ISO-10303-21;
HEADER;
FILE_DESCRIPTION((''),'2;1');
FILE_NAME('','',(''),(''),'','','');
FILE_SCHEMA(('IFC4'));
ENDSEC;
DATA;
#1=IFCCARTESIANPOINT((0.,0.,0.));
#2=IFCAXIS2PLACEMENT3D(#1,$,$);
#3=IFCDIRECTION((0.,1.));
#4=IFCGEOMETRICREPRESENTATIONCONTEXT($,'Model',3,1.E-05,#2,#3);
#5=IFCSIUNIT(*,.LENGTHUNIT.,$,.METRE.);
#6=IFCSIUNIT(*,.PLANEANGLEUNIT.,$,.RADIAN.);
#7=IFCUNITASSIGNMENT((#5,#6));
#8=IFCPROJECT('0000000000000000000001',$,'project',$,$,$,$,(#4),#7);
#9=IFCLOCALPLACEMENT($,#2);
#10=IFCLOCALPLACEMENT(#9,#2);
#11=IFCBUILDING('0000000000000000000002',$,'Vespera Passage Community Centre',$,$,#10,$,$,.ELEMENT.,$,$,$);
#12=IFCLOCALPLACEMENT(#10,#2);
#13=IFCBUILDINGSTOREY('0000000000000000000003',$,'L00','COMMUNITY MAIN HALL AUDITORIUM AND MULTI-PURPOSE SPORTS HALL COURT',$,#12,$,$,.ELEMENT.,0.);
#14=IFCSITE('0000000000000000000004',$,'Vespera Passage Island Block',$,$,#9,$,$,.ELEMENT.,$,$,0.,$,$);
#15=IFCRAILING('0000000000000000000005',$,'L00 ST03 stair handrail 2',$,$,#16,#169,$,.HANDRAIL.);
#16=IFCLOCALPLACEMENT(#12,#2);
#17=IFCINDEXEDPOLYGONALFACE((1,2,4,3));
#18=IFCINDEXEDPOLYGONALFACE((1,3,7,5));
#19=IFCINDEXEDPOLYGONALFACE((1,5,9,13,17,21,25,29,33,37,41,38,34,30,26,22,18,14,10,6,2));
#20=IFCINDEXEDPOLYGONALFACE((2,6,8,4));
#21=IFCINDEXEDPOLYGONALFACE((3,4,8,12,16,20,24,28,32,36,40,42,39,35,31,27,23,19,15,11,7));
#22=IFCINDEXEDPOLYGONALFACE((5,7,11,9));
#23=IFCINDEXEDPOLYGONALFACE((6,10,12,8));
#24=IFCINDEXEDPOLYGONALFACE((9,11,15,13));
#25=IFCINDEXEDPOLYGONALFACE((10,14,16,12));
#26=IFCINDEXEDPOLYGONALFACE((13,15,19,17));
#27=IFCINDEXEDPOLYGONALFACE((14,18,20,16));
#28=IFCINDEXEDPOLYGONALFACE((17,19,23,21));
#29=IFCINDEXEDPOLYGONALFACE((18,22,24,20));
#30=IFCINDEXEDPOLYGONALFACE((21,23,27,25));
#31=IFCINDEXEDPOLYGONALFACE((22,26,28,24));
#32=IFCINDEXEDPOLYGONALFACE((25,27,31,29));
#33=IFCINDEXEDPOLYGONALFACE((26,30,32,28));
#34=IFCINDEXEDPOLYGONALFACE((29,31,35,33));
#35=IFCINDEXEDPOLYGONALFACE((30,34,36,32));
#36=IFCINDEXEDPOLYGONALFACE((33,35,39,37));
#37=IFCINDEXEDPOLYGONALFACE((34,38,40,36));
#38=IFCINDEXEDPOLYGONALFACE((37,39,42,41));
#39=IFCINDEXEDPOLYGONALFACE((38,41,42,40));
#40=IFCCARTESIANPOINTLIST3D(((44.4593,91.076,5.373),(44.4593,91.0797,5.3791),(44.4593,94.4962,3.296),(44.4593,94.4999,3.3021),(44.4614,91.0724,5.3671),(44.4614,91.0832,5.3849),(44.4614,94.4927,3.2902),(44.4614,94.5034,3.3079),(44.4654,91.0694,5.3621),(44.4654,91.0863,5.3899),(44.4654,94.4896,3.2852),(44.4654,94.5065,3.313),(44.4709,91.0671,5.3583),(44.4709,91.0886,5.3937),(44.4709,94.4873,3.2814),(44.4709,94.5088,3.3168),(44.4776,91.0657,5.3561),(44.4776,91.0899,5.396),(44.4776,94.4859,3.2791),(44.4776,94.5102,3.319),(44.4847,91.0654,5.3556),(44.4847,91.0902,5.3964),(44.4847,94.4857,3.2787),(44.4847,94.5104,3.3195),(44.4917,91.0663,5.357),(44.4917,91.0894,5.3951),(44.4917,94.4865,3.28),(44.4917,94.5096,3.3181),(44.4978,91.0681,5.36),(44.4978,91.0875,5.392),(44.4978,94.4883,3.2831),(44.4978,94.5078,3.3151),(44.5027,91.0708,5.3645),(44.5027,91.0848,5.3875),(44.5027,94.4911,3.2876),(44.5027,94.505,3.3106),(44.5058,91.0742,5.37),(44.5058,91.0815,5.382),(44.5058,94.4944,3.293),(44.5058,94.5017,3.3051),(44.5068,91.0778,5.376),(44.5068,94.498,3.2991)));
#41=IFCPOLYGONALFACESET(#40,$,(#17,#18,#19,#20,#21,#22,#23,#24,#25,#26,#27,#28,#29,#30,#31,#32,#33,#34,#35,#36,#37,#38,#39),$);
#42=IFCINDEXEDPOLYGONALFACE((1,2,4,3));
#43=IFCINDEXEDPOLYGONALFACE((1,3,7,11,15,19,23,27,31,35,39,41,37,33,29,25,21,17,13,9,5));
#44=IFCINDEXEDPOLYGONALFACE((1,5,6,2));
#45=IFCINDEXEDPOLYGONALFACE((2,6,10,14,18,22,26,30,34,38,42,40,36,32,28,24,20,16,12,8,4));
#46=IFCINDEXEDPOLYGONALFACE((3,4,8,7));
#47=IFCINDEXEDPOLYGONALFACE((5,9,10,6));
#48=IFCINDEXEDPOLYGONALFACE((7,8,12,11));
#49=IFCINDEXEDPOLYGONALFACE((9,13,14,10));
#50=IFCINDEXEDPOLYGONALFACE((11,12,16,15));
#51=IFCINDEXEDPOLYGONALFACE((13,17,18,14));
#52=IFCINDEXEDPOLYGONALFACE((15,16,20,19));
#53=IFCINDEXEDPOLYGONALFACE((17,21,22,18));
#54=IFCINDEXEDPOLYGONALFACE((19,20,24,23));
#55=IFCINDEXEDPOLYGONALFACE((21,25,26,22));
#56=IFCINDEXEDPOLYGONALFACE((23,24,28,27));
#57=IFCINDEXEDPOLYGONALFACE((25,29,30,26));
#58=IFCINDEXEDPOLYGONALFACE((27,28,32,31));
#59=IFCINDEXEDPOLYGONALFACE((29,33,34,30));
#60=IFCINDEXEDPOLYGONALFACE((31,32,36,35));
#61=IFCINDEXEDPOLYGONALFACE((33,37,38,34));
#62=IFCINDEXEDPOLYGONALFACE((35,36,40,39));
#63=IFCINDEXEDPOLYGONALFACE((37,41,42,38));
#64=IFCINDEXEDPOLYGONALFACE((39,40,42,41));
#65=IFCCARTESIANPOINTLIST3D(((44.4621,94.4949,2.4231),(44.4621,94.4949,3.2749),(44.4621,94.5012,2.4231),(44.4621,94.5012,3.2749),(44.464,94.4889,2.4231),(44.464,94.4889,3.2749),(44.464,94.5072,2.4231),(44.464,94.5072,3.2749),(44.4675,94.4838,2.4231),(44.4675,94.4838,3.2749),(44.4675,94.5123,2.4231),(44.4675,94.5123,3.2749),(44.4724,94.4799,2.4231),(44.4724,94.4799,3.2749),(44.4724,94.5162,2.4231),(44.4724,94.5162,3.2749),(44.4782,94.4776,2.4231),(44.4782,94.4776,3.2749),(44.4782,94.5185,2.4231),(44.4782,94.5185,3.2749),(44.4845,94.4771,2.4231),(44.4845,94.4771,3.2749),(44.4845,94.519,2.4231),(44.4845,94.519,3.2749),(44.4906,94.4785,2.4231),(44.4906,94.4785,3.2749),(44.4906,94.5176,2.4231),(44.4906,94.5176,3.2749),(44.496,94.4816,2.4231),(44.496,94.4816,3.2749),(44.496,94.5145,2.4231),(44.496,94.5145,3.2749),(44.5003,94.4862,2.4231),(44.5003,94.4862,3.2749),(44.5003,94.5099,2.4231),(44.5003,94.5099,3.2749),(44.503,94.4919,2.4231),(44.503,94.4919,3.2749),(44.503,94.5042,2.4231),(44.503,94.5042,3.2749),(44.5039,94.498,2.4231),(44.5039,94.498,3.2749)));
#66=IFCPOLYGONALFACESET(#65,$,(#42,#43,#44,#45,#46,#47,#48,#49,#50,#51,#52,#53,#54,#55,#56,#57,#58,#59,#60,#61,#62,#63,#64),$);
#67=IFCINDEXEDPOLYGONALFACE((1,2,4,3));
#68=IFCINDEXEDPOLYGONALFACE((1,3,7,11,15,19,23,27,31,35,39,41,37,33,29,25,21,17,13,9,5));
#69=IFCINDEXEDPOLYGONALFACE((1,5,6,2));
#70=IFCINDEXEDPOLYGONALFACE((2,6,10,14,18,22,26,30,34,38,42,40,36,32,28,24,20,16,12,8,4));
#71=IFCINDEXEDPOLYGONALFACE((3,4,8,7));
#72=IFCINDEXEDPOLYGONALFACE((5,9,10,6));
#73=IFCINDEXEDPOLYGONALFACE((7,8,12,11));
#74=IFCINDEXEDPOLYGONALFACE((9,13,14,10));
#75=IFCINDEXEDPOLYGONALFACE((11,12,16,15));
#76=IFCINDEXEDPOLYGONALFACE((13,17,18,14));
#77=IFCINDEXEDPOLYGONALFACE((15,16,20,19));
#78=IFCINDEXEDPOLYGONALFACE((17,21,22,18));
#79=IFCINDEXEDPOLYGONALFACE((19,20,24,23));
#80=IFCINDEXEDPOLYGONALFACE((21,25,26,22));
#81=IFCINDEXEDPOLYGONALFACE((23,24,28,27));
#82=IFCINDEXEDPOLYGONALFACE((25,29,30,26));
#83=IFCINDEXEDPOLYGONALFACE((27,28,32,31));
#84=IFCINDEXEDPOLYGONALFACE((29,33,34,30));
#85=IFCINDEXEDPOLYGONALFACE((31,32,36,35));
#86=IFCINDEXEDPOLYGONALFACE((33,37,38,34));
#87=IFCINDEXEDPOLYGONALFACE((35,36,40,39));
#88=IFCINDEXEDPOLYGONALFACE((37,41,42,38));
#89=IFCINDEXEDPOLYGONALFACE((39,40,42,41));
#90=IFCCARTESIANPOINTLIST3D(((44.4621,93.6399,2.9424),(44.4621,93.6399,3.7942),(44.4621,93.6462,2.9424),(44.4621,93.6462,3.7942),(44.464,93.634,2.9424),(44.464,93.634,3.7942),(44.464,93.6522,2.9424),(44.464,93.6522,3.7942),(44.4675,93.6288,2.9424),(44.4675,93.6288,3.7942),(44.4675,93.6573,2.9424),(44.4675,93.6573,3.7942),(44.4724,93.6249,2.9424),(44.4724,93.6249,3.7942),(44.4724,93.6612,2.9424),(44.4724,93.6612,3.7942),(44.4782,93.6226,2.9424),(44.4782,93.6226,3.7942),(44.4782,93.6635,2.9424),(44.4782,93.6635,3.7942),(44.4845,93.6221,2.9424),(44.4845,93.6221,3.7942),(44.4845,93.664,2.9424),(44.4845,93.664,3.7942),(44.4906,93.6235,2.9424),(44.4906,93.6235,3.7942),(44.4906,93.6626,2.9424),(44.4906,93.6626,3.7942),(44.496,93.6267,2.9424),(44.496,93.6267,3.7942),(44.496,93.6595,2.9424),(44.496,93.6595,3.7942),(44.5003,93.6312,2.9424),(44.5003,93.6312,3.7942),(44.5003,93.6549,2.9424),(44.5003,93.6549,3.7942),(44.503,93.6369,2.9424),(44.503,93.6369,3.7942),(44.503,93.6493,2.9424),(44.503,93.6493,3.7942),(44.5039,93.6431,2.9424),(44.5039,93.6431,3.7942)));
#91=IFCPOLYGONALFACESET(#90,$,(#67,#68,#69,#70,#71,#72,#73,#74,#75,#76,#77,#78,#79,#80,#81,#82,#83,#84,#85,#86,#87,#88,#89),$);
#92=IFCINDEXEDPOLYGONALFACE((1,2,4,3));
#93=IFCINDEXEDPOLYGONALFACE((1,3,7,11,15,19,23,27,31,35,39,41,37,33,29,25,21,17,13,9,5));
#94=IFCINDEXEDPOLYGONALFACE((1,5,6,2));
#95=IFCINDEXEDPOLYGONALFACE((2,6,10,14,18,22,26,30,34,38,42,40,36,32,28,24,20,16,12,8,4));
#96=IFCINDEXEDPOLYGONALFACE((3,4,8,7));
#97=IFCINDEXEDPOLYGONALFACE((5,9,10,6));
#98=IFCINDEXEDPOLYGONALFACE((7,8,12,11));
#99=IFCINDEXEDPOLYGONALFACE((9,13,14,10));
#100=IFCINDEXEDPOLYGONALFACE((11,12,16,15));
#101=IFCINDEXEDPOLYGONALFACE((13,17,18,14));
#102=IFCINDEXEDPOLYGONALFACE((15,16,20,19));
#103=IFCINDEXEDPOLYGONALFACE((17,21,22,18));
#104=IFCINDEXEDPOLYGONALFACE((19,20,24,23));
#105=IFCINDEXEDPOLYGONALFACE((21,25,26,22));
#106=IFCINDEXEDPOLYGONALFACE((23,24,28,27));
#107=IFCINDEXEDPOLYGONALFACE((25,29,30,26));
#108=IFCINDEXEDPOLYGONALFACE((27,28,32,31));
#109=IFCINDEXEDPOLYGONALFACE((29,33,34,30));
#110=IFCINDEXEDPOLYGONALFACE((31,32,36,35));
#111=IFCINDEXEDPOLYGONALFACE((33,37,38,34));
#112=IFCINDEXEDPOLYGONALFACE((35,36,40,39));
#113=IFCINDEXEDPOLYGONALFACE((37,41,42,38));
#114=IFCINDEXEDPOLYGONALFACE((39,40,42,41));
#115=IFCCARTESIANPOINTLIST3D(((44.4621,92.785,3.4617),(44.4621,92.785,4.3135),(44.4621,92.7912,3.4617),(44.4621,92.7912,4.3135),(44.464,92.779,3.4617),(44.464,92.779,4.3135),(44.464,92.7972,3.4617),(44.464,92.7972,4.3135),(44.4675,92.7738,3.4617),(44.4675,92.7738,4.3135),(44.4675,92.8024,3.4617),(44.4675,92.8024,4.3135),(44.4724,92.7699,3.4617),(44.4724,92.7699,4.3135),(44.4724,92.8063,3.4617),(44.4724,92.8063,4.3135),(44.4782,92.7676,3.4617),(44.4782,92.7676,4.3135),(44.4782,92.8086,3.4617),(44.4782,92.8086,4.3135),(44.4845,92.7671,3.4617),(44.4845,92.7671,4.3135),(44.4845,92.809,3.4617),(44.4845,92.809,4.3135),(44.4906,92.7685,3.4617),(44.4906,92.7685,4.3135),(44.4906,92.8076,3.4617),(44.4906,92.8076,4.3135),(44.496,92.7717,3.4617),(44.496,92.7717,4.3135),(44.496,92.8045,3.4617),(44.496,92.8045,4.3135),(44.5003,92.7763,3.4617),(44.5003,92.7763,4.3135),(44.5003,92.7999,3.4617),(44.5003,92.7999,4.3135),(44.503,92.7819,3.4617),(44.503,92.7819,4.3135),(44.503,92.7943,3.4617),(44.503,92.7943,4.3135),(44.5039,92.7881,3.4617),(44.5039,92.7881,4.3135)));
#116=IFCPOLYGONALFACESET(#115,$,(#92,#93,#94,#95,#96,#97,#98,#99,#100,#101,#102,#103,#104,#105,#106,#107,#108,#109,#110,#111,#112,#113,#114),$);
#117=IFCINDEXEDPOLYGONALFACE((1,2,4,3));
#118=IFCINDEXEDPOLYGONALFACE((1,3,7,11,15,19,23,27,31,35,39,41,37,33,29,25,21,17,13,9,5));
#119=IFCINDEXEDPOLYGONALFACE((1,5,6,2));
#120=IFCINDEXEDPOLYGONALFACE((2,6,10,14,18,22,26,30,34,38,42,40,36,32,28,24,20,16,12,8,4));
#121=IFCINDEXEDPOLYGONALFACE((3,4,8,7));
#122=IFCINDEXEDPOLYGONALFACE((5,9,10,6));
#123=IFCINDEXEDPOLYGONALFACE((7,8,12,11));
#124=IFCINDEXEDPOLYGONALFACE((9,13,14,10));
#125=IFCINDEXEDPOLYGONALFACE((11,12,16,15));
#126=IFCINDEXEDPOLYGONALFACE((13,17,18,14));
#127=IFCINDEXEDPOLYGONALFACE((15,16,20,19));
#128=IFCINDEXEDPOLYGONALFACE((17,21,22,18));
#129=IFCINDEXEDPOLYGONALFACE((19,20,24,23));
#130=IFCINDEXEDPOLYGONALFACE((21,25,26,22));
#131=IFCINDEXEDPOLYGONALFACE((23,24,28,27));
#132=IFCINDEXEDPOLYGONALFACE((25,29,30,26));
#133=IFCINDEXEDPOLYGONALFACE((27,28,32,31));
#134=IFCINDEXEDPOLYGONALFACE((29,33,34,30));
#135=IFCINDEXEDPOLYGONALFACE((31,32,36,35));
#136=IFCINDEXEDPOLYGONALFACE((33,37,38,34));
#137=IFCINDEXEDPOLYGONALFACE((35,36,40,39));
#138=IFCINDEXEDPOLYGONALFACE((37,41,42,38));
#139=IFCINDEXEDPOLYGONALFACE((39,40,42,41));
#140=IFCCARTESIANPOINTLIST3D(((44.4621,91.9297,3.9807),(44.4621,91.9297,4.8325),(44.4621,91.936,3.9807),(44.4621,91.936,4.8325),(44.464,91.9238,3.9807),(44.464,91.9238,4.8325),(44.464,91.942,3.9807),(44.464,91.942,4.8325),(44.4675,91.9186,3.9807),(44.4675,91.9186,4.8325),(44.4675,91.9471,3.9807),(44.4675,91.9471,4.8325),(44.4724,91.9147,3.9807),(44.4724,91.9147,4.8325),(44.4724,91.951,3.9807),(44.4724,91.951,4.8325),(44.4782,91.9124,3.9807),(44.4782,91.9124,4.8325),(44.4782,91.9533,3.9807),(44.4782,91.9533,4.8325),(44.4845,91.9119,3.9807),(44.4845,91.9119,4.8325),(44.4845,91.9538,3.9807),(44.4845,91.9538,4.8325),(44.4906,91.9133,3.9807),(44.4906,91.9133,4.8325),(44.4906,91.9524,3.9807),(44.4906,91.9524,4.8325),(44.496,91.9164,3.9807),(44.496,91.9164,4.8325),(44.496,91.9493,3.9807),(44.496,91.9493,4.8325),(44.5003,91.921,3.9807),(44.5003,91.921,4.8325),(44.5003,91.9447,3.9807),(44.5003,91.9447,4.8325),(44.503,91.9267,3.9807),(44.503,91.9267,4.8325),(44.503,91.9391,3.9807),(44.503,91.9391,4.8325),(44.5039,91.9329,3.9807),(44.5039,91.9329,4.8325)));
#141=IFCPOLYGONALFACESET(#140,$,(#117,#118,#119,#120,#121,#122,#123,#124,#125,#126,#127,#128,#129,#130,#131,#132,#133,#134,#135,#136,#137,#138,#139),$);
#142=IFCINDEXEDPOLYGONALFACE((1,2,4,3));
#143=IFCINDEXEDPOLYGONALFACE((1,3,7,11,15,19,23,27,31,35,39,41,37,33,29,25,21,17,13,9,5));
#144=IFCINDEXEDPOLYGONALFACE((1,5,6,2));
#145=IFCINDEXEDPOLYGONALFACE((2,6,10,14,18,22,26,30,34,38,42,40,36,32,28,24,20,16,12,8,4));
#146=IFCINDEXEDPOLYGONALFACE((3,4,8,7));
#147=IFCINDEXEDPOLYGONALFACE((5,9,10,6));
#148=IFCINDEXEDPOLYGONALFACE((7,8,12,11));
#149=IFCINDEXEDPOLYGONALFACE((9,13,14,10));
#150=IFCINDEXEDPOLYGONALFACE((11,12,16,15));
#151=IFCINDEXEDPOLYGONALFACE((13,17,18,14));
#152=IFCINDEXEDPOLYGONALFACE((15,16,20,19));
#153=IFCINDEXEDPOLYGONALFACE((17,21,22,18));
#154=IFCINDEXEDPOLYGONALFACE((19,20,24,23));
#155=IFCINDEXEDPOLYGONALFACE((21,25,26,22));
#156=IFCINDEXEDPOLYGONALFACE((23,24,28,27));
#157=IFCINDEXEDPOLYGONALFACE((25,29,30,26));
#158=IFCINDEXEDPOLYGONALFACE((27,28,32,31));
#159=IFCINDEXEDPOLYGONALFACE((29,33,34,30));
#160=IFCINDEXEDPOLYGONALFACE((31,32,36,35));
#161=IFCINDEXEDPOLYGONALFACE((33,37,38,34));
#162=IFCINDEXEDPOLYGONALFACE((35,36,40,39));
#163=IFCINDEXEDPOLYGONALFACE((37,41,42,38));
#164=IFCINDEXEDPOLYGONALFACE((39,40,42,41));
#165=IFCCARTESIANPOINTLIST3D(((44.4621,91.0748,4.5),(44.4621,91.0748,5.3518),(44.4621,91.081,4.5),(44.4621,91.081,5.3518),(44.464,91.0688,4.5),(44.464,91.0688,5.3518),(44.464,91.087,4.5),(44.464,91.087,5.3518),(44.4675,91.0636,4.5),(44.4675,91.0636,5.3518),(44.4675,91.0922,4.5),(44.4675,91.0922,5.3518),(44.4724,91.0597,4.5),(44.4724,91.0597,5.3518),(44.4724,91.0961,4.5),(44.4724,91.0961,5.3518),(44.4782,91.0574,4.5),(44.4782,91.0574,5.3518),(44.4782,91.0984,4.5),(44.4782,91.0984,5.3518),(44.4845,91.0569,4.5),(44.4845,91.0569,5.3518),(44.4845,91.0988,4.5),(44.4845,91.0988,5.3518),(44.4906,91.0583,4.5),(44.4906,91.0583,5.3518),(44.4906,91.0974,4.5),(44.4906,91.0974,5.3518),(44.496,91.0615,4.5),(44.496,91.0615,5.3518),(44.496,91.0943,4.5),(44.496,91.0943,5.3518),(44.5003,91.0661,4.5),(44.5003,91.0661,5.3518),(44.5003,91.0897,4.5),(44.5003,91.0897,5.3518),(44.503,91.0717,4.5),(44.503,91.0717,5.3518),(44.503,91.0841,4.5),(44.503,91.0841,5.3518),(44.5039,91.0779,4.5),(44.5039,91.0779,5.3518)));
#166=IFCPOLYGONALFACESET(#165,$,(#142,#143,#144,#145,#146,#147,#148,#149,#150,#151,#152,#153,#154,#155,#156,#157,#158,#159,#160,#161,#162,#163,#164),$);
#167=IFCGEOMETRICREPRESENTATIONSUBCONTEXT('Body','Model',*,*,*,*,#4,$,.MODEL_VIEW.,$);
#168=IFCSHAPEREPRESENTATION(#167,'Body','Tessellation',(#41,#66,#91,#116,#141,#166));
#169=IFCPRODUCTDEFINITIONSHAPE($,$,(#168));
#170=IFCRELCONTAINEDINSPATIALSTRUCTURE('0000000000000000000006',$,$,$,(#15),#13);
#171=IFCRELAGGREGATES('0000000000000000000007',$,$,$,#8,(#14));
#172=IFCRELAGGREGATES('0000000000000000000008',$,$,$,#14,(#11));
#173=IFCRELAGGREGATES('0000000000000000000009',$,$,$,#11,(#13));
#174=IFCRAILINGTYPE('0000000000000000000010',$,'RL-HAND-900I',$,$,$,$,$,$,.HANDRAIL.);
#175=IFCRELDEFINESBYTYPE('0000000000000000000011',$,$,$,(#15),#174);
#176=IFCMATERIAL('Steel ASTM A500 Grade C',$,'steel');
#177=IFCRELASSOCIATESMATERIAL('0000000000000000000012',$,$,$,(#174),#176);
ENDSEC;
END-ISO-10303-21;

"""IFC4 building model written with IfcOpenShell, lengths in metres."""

from ifc_helpers import new_model, si_unit, direction, frame, origin, origin_2d, place, context, subcontext, project, spatial, circle, extrude, material, type_object, element, save


model = new_model("IFC4")

# Units and contexts
model_context = context("Model", 3, precision=1e-05, world=origin(), true_north=direction((0.0, 1.0)))
body_context = subcontext(model_context, "Body", "Model", "MODEL_VIEW")
ifc_project = project(units=[si_unit("LENGTHUNIT", "METRE"), si_unit("PLANEANGLEUNIT", "RADIAN")], contexts=[model_context])

# Site, building, storey
site_placement = place(None, origin())
site = spatial("IfcSite", under=ifc_project, at=site_placement, Name="Vespera Passage Island Block", CompositionType="ELEMENT", RefElevation=0.0)
building_placement = place(site_placement, origin())
building = spatial("IfcBuilding", under=site, at=building_placement, Name="Vespera Passage Community Centre", CompositionType="ELEMENT")
storey_placement = place(building_placement, origin())
storey = spatial("IfcBuildingStorey", under=building, at=storey_placement, Name="L00", Description="COMMUNITY MAIN HALL AUDITORIUM AND MULTI-PURPOSE SPORTS HALL COURT", CompositionType="ELEMENT", Elevation=0.0)

# Railing
ifc_material_1 = material(Name="Steel ASTM A500 Grade C", Category="steel")
railing_type_1 = type_object("IfcRailingType", Name="RL-HAND-900I", PredefinedType="HANDRAIL", material=ifc_material_1)
railing_1_placement = place(storey_placement, frame((44.4829, 94.498, 2.4231)))
element("IfcRailing", 1, at=railing_1_placement, inside=storey, type_object=railing_type_1, Name="L00 ST03 stair handrail 2", PredefinedType="HANDRAIL", context=body_context, shape_type="SweptSolid", body=[
    extrude(circle(Radius=0.0239, at=origin_2d()), frame((0.0, 0.0, 0.876), z_axis=(0.0, -0.854746, 0.519047), x_axis=(1.0, 0.0, 0.0)), (0.0, 0.0, 1.0), 4.0015),
    extrude(circle(Radius=0.021, at=origin_2d()), origin(), (0.0, 0.0, 1.0), 0.8518),
    extrude(circle(Radius=0.021, at=origin_2d()), frame((0.0, -0.855, 0.5193)), (0.0, 0.0, 1.0), 0.8518),
    extrude(circle(Radius=0.021, at=origin_2d()), frame((0.0, -1.71, 1.0386)), (0.0, 0.0, 1.0), 0.8518),
    extrude(circle(Radius=0.021, at=origin_2d()), frame((0.0, -2.5652, 1.5576)), (0.0, 0.0, 1.0), 0.8518),
    extrude(circle(Radius=0.021, at=origin_2d()), frame((0.0, -3.4202, 2.0769)), (0.0, 0.0, 1.0), 0.8518),
])

save(model, "model.ifc")
